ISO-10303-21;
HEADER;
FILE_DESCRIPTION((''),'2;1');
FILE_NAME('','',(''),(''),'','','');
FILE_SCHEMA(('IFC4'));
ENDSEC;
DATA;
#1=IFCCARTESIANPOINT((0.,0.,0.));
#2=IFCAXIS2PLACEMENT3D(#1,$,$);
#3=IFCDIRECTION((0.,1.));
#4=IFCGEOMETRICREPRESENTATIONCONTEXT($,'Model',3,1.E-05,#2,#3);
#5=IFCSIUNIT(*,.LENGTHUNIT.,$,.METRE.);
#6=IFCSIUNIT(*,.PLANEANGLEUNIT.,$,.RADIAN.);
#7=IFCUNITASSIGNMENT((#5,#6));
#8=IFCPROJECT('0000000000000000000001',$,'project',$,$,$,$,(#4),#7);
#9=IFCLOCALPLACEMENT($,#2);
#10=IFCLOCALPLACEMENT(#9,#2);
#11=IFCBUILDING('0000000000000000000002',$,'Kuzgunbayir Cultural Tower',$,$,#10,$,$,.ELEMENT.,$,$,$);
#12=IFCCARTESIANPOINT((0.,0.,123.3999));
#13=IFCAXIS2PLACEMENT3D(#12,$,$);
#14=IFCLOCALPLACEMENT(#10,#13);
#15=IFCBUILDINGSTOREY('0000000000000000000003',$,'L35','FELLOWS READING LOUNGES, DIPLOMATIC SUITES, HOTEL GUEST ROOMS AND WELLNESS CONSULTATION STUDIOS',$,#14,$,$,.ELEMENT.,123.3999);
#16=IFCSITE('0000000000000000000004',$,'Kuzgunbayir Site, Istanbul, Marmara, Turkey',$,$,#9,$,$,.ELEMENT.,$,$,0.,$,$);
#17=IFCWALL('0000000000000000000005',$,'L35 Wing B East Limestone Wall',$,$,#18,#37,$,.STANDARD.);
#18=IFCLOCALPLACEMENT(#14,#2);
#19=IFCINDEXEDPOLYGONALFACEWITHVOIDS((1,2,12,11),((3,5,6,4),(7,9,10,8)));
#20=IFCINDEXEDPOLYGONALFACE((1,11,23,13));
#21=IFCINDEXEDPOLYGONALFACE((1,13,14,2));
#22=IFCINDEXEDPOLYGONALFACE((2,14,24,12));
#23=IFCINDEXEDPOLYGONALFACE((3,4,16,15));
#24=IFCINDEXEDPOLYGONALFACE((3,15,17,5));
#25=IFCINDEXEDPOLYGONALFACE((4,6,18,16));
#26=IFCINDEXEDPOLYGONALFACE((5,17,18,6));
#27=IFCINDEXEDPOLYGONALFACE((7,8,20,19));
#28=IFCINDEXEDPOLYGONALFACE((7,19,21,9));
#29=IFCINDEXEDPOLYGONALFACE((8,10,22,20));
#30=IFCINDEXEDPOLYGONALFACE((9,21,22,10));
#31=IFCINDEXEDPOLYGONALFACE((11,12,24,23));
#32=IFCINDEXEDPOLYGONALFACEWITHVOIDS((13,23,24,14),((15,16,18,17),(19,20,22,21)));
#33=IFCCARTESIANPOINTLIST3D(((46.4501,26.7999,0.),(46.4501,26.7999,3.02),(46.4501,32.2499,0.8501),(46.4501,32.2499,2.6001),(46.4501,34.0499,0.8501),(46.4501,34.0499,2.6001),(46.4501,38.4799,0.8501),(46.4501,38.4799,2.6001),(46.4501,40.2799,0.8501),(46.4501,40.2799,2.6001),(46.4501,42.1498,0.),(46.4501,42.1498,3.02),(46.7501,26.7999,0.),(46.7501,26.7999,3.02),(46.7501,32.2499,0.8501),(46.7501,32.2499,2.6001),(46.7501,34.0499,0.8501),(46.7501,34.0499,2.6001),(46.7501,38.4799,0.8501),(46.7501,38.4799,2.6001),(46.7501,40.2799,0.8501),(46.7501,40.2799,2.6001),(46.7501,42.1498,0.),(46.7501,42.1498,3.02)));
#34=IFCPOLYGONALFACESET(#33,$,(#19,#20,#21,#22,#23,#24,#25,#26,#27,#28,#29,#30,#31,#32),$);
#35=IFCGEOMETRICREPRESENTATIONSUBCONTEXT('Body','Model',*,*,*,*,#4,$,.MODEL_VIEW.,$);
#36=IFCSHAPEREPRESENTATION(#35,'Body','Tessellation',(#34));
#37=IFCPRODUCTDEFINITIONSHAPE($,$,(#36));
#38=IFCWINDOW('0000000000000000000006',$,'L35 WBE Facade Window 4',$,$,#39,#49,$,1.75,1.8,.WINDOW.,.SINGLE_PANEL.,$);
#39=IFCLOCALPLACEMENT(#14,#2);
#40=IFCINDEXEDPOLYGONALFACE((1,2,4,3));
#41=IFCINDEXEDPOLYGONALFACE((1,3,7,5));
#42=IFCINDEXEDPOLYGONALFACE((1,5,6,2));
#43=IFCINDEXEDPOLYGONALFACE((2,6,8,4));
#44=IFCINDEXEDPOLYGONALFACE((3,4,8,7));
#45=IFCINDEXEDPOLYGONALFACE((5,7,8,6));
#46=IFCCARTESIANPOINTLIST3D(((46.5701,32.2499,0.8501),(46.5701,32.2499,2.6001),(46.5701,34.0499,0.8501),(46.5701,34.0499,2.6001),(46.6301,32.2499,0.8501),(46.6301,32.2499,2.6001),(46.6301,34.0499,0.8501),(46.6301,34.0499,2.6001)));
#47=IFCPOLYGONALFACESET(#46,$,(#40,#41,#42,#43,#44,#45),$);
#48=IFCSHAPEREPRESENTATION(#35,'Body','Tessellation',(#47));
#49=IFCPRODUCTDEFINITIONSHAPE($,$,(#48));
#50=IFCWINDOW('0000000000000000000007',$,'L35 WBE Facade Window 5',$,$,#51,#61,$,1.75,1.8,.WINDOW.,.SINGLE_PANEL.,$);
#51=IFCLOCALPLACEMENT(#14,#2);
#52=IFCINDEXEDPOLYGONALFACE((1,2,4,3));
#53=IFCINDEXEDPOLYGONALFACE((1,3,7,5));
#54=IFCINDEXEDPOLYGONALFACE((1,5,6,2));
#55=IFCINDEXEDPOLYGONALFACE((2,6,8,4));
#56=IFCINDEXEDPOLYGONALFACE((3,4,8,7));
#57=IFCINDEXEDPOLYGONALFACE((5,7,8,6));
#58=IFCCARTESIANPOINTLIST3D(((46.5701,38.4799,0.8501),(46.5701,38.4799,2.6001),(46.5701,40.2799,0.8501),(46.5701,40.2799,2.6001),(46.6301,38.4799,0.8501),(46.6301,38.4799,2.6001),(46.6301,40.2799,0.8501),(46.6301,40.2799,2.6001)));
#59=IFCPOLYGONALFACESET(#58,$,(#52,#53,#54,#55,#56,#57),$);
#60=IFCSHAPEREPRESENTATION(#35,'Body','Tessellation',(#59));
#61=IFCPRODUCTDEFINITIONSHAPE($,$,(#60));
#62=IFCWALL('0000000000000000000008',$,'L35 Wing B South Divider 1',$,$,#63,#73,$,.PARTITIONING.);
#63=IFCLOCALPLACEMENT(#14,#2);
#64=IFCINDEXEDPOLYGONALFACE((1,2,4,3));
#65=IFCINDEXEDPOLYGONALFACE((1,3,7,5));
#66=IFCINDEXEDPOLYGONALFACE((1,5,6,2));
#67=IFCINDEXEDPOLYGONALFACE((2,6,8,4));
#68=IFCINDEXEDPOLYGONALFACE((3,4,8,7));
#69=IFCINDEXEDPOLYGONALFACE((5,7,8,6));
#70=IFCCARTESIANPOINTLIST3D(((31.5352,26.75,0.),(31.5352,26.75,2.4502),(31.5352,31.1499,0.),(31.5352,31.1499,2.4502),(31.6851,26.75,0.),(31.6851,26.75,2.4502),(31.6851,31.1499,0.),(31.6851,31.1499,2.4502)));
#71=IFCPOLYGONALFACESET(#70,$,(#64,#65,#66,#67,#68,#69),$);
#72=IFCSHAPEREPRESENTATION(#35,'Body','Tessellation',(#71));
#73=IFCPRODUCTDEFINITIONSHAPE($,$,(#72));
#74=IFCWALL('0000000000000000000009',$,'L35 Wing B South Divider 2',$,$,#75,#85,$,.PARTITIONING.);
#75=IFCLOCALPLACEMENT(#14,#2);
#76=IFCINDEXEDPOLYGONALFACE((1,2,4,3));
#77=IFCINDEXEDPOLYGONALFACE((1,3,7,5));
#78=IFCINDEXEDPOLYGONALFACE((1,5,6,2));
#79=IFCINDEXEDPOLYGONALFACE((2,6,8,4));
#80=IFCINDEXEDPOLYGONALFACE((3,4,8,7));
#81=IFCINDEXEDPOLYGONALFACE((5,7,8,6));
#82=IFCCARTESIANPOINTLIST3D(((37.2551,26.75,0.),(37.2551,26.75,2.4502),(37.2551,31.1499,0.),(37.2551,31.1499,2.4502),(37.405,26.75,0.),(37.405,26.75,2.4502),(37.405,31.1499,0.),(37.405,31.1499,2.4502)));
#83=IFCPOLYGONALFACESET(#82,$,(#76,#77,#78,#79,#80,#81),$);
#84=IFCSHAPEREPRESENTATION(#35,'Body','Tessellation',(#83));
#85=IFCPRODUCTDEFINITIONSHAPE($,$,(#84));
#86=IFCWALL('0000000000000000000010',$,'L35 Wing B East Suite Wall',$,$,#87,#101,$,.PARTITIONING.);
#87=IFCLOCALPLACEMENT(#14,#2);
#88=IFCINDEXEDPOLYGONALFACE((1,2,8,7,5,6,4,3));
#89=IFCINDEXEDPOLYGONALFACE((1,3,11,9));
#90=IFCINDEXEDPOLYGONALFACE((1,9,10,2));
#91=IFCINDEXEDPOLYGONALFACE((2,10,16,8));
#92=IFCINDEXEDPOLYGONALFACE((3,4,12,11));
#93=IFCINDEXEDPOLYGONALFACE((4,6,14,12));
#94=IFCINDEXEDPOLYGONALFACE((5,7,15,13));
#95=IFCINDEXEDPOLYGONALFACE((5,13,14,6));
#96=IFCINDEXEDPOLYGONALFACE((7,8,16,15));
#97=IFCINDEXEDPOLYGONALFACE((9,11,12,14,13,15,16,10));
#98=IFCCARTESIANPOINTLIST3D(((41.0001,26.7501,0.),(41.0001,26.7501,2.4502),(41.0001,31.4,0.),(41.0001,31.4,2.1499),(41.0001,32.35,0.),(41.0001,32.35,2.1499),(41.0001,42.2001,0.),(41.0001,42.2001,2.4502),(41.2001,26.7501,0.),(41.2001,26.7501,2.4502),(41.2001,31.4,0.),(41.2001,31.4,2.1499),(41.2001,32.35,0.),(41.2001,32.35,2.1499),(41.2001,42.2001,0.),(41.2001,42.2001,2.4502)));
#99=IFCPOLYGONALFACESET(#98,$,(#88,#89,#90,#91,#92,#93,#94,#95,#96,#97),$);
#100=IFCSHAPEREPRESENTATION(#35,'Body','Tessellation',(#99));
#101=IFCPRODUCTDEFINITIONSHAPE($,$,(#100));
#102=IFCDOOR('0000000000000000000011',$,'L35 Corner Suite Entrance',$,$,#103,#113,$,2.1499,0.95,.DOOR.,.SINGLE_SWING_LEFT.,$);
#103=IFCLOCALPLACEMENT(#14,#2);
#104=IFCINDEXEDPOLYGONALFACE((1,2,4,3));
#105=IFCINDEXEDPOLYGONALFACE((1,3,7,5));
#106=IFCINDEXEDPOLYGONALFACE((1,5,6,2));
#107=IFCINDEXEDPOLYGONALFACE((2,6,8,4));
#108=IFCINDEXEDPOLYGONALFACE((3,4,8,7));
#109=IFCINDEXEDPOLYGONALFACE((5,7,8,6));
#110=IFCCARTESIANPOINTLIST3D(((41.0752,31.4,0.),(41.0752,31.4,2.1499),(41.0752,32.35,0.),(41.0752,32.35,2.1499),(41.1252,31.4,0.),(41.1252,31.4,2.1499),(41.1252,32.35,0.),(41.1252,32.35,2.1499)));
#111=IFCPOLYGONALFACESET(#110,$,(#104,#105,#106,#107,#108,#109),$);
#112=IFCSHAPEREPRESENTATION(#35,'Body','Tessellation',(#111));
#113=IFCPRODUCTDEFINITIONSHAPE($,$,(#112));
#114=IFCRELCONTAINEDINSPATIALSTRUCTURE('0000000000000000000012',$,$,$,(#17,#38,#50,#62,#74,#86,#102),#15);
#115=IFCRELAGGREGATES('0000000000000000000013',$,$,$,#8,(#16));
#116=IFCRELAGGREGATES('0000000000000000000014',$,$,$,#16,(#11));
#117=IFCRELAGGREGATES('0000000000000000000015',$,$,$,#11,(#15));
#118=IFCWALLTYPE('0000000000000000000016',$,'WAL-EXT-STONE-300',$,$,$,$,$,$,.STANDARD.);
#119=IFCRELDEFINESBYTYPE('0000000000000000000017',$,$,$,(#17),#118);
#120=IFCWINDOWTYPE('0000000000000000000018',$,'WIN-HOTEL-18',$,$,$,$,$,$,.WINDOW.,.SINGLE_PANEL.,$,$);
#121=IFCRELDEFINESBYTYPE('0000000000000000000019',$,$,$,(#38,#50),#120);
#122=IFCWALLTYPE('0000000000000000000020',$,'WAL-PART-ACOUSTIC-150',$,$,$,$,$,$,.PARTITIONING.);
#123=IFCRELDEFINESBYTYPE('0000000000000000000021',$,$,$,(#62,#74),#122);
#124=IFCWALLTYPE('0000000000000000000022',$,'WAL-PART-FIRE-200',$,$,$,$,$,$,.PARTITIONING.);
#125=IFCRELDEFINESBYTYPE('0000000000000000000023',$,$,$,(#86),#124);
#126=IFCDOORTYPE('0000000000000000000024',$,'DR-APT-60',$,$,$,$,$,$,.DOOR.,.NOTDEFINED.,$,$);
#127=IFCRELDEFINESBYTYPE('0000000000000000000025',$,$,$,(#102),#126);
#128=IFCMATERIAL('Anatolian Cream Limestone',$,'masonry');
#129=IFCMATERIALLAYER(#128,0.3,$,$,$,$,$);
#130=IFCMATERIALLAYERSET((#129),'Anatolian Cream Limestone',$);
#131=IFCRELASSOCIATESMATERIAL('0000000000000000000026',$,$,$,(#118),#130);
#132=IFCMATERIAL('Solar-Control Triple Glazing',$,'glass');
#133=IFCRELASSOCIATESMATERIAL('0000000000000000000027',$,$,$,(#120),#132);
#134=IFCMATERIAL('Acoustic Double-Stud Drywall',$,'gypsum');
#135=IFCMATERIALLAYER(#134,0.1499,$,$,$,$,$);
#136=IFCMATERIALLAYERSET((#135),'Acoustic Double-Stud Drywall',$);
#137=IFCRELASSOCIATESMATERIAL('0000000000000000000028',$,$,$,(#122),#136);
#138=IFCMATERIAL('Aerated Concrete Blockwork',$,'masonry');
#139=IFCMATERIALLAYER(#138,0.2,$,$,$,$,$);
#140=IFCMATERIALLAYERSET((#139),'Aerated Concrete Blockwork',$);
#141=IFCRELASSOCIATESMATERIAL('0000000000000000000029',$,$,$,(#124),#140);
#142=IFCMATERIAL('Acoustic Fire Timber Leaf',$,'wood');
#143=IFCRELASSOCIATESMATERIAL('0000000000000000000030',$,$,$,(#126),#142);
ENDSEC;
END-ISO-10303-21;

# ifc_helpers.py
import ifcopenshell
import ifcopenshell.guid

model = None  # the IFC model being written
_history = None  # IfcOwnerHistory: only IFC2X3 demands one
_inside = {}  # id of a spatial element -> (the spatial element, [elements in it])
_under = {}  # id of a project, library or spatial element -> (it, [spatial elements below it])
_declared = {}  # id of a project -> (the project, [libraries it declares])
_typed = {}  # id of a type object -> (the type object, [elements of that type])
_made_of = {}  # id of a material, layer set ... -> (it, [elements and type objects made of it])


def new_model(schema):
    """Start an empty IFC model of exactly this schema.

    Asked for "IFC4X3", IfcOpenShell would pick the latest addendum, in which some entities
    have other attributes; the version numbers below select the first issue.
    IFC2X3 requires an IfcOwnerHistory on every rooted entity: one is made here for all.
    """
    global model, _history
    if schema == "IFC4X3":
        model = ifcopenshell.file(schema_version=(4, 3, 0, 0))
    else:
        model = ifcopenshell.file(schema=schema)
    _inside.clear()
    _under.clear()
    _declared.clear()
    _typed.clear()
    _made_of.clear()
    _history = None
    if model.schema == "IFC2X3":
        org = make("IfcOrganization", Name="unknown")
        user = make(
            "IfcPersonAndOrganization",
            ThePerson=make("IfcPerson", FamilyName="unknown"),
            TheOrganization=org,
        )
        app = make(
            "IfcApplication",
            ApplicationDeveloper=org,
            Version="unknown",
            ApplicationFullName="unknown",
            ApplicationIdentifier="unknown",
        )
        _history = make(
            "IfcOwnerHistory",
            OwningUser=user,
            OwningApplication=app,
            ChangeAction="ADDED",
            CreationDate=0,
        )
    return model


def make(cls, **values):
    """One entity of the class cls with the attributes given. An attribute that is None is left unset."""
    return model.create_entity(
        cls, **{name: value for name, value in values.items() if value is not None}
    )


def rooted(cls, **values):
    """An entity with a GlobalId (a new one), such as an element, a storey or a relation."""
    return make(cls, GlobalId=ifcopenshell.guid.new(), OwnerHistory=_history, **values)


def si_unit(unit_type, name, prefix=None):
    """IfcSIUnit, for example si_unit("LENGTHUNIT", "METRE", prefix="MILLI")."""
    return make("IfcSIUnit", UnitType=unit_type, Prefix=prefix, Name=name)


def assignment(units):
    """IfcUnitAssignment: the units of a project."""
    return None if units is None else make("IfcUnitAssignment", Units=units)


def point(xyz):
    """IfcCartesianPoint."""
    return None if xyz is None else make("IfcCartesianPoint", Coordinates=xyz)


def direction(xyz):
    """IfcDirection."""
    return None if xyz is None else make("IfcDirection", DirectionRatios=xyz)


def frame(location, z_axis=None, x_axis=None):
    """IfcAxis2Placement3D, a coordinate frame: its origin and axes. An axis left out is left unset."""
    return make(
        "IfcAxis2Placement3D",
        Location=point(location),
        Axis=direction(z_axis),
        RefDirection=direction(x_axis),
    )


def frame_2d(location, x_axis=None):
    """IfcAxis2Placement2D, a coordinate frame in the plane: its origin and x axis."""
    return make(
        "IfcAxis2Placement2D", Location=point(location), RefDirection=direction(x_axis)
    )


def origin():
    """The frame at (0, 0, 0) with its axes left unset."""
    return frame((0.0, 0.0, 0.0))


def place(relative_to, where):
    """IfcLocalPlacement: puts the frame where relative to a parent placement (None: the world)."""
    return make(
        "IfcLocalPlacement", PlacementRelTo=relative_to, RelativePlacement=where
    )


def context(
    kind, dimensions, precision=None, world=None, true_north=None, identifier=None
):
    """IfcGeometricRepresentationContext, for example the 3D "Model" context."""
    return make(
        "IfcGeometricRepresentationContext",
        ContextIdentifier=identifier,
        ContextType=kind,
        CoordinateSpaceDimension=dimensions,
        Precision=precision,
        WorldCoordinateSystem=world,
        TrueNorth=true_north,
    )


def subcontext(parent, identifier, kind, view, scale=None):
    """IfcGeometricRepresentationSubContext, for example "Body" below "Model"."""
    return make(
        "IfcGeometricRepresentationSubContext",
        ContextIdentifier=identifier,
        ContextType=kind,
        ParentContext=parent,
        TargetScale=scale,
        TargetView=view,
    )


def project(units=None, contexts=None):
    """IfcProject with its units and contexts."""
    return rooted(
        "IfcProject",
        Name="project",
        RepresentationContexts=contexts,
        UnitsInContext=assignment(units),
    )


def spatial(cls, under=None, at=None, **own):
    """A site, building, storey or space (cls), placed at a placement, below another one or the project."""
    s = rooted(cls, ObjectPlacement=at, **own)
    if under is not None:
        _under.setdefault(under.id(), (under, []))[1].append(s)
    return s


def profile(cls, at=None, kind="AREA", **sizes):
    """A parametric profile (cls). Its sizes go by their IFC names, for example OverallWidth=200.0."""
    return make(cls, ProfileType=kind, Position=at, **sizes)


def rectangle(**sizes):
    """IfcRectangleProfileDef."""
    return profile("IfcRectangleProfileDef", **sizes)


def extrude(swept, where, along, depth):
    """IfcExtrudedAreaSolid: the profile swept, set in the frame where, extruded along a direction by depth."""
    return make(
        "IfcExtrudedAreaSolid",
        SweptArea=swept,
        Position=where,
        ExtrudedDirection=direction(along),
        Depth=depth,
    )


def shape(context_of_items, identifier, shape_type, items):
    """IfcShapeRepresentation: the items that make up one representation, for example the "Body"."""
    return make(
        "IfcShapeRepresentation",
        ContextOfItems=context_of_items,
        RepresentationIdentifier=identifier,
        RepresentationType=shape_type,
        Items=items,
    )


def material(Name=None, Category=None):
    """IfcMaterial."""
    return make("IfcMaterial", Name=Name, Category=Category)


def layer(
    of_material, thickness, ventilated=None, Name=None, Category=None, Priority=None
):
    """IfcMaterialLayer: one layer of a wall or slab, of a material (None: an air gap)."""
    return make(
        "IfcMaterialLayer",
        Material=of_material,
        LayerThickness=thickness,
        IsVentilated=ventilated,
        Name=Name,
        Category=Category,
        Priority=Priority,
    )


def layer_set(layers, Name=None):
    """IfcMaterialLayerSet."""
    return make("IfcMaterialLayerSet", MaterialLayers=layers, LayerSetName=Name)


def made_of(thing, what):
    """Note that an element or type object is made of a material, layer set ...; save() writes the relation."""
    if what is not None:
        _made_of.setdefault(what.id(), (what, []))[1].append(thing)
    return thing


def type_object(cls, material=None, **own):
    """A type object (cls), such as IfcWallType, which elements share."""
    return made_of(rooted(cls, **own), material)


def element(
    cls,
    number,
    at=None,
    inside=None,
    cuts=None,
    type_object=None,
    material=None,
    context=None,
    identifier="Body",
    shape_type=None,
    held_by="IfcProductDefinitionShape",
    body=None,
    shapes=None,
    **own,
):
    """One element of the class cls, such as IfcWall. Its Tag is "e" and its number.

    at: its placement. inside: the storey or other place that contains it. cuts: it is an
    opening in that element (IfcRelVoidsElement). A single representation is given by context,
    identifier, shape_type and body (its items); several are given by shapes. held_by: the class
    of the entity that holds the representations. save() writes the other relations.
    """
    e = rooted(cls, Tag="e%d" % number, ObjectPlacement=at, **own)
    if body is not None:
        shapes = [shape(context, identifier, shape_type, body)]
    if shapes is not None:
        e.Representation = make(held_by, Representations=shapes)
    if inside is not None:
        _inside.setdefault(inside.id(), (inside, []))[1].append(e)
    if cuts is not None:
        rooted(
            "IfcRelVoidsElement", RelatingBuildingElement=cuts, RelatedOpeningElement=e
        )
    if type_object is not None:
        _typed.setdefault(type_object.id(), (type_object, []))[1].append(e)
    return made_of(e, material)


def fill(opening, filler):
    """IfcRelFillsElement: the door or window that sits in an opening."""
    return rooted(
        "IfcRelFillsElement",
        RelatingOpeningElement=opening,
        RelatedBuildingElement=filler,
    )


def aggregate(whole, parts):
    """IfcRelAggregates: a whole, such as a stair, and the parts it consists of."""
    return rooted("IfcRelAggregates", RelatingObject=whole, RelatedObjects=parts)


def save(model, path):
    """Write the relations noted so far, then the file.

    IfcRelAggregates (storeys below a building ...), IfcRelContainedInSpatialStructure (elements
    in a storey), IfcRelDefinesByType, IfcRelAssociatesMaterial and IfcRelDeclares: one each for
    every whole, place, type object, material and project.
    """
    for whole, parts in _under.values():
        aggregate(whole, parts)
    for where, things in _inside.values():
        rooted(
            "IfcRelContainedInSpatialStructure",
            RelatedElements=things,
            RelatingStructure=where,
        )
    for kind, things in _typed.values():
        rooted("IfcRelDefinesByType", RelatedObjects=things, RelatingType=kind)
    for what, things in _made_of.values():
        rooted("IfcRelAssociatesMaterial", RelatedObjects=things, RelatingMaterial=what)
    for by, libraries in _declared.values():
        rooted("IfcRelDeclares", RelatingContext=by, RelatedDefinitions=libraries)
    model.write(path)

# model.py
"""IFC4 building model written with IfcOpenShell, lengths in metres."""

from ifc_helpers import new_model, si_unit, direction, frame, frame_2d, origin, place, context, subcontext, project, spatial, rectangle, extrude, material, layer, layer_set, type_object, element, fill, save


model = new_model("IFC4")

# Units and contexts
model_context = context("Model", 3, precision=1e-05, world=origin(), true_north=direction((0.0, 1.0)))
body_context = subcontext(model_context, "Body", "Model", "MODEL_VIEW")
ifc_project = project(units=[si_unit("LENGTHUNIT", "METRE"), si_unit("PLANEANGLEUNIT", "RADIAN")], contexts=[model_context])

# Site, building, storey
site_placement = place(None, origin())
site = spatial("IfcSite", under=ifc_project, at=site_placement, Name="Kuzgunbayir Site, Istanbul, Marmara, Turkey", CompositionType="ELEMENT", RefElevation=0.0)
building_placement = place(site_placement, origin())
building = spatial("IfcBuilding", under=site, at=building_placement, Name="Kuzgunbayir Cultural Tower", CompositionType="ELEMENT")
storey_placement = place(building_placement, frame((0.0, 0.0, 123.3999)))
storey = spatial("IfcBuildingStorey", under=building, at=storey_placement, Name="L35", Description="FELLOWS READING LOUNGES, DIPLOMATIC SUITES, HOTEL GUEST ROOMS AND WELLNESS CONSULTATION STUDIOS", CompositionType="ELEMENT", Elevation=123.3999)

# Wall, openings, windows
ifc_material_1 = material(Name="Anatolian Cream Limestone", Category="masonry")
ifc_layer_1 = layer(ifc_material_1, 0.3)
ifc_layer_set_1 = layer_set([ifc_layer_1], Name="Anatolian Cream Limestone")
wall_type_1 = type_object("IfcWallType", Name="WAL-EXT-STONE-300", PredefinedType="STANDARD", material=ifc_layer_set_1)
wall_1_placement = place(storey_placement, frame((46.6001, 26.8, 0.0), z_axis=(0.0, 0.0, 1.0), x_axis=(0.0, 1.0, 0.0)))
wall_1 = element("IfcWall", 1, at=wall_1_placement, inside=storey, type_object=wall_type_1, Name="L35 Wing B East Limestone Wall", PredefinedType="STANDARD", context=body_context, shape_type="SweptSolid", body=[
    extrude(rectangle(XDim=15.3499, YDim=0.3, at=frame_2d((7.6748, 0.0))), origin(), (0.0, 0.0, 1.0), 3.02),
])
opening_1_placement = place(wall_1_placement, frame((5.45, 0.0, 0.8501)))
opening_1 = element("IfcOpeningElement", 2, at=opening_1_placement, cuts=wall_1, PredefinedType="OPENING", context=body_context, shape_type="SweptSolid", body=[
    extrude(rectangle(XDim=1.8, YDim=1.75, at=frame_2d((0.8999, 0.875))), frame((0.0, 0.1602, 0.0), z_axis=(0.0, -1.0, 0.0), x_axis=(1.0, 0.0, 0.0)), (0.0, 0.0, 1.0), 0.3201),
])
opening_2_placement = place(wall_1_placement, frame((11.6799, 0.0, 0.8501)))
opening_2 = element("IfcOpeningElement", 3, at=opening_2_placement, cuts=wall_1, PredefinedType="OPENING", context=body_context, shape_type="SweptSolid", body=[
    extrude(rectangle(XDim=1.8, YDim=1.75, at=frame_2d((0.8999, 0.875))), frame((0.0, 0.1602, 0.0), z_axis=(0.0, -1.0, 0.0), x_axis=(1.0, 0.0, 0.0)), (0.0, 0.0, 1.0), 0.3201),
])
ifc_material_2 = material(Name="Solar-Control Triple Glazing", Category="glass")
window_type = type_object("IfcWindowType", Name="WIN-HOTEL-18", PartitioningType="SINGLE_PANEL", PredefinedType="WINDOW", material=ifc_material_2)
window_1_placement = place(opening_1_placement, origin())
window_1 = element("IfcWindow", 4, at=window_1_placement, inside=storey, type_object=window_type, Name="L35 WBE Facade Window 4", OverallHeight=1.75, OverallWidth=1.8, PartitioningType="SINGLE_PANEL", PredefinedType="WINDOW", context=body_context, shape_type="SweptSolid", body=[
    extrude(rectangle(XDim=1.8, YDim=1.75, at=frame_2d((0.8999, 0.875))), frame((0.0, 0.03, 0.0), z_axis=(0.0, -1.0, 0.0), x_axis=(1.0, 0.0, 0.0)), (0.0, 0.0, 1.0), 0.0601),
])
fill(opening_1, window_1)
window_2_placement = place(opening_2_placement, origin())
window_2 = element("IfcWindow", 5, at=window_2_placement, inside=storey, type_object=window_type, Name="L35 WBE Facade Window 5", OverallHeight=1.75, OverallWidth=1.8, PartitioningType="SINGLE_PANEL", PredefinedType="WINDOW", context=body_context, shape_type="SweptSolid", body=[
    extrude(rectangle(XDim=1.8, YDim=1.75, at=frame_2d((0.8999, 0.875))), frame((0.0, 0.03, 0.0), z_axis=(0.0, -1.0, 0.0), x_axis=(1.0, 0.0, 0.0)), (0.0, 0.0, 1.0), 0.0601),
])
fill(opening_2, window_2)

# Walls
ifc_material_3 = material(Name="Acoustic Double-Stud Drywall", Category="gypsum")
ifc_layer_2 = layer(ifc_material_3, 0.1499)
ifc_layer_set_2 = layer_set([ifc_layer_2], Name="Acoustic Double-Stud Drywall")
wall_type_2 = type_object("IfcWallType", Name="WAL-PART-ACOUSTIC-150", PredefinedType="PARTITIONING", material=ifc_layer_set_2)
for number, where, z_axis, x_axis, name in (
    (6, (31.6101, 26.75, 0.0), (0.0, 0.0, 1.0), (0.0, 1.0, 0.0), "L35 Wing B South Divider 1"),
    (7, (37.3301, 26.75, 0.0), (0.0, 0.0, 1.0), (0.0, 1.0, 0.0), "L35 Wing B South Divider 2"),
):
    element("IfcWall", number, at=place(storey_placement, frame(where, z_axis=z_axis, x_axis=x_axis)), inside=storey, type_object=wall_type_2, Name=name, PredefinedType="PARTITIONING", context=body_context, shape_type="SweptSolid", body=[
        extrude(rectangle(XDim=4.3999, YDim=0.1499, at=frame_2d((2.2, 0.0))), origin(), (0.0, 0.0, 1.0), 2.4502),
    ])

# Wall, opening, door
ifc_material_4 = material(Name="Aerated Concrete Blockwork", Category="masonry")
ifc_layer_3 = layer(ifc_material_4, 0.2)
ifc_layer_set_3 = layer_set([ifc_layer_3], Name="Aerated Concrete Blockwork")
wall_type_3 = type_object("IfcWallType", Name="WAL-PART-FIRE-200", PredefinedType="PARTITIONING", material=ifc_layer_set_3)
wall_2_placement = place(storey_placement, frame((41.1001, 26.75, 0.0), z_axis=(0.0, 0.0, 1.0), x_axis=(0.0, 1.0, 0.0)))
wall_2 = element("IfcWall", 8, at=wall_2_placement, inside=storey, type_object=wall_type_3, Name="L35 Wing B East Suite Wall", PredefinedType="PARTITIONING", context=body_context, shape_type="SweptSolid", body=[
    extrude(rectangle(XDim=15.45, YDim=0.2, at=frame_2d((7.7251, 0.0))), origin(), (0.0, 0.0, 1.0), 2.4502),
])
opening_3_placement = place(wall_2_placement, frame((4.6499, 0.0, 0.0)))
opening_3 = element("IfcOpeningElement", 9, at=opening_3_placement, cuts=wall_2, PredefinedType="OPENING", context=body_context, shape_type="SweptSolid", body=[
    extrude(rectangle(XDim=0.95, YDim=2.1499, at=frame_2d((0.4751, 1.075))), frame((0.0, 0.1099, 0.0), z_axis=(0.0, -1.0, 0.0), x_axis=(1.0, 0.0, 0.0)), (0.0, 0.0, 1.0), 0.22),
])
ifc_material_5 = material(Name="Acoustic Fire Timber Leaf", Category="wood")
door_type_1 = type_object("IfcDoorType", Name="DR-APT-60", OperationType="NOTDEFINED", PredefinedType="DOOR", material=ifc_material_5)
door_1_placement = place(opening_3_placement, origin())
door_1 = element("IfcDoor", 10, at=door_1_placement, inside=storey, type_object=door_type_1, Name="L35 Corner Suite Entrance", OperationType="SINGLE_SWING_LEFT", OverallHeight=2.1499, OverallWidth=0.95, PredefinedType="DOOR", context=body_context, shape_type="SweptSolid", body=[
    extrude(rectangle(XDim=0.95, YDim=2.1499, at=frame_2d((0.4751, 1.075))), frame((0.0, 0.0249, 0.0), z_axis=(0.0, -1.0, 0.0), x_axis=(1.0, 0.0, 0.0)), (0.0, 0.0, 1.0), 0.05),
])
fill(opening_3, door_1)

save(model, "model.ifc")
